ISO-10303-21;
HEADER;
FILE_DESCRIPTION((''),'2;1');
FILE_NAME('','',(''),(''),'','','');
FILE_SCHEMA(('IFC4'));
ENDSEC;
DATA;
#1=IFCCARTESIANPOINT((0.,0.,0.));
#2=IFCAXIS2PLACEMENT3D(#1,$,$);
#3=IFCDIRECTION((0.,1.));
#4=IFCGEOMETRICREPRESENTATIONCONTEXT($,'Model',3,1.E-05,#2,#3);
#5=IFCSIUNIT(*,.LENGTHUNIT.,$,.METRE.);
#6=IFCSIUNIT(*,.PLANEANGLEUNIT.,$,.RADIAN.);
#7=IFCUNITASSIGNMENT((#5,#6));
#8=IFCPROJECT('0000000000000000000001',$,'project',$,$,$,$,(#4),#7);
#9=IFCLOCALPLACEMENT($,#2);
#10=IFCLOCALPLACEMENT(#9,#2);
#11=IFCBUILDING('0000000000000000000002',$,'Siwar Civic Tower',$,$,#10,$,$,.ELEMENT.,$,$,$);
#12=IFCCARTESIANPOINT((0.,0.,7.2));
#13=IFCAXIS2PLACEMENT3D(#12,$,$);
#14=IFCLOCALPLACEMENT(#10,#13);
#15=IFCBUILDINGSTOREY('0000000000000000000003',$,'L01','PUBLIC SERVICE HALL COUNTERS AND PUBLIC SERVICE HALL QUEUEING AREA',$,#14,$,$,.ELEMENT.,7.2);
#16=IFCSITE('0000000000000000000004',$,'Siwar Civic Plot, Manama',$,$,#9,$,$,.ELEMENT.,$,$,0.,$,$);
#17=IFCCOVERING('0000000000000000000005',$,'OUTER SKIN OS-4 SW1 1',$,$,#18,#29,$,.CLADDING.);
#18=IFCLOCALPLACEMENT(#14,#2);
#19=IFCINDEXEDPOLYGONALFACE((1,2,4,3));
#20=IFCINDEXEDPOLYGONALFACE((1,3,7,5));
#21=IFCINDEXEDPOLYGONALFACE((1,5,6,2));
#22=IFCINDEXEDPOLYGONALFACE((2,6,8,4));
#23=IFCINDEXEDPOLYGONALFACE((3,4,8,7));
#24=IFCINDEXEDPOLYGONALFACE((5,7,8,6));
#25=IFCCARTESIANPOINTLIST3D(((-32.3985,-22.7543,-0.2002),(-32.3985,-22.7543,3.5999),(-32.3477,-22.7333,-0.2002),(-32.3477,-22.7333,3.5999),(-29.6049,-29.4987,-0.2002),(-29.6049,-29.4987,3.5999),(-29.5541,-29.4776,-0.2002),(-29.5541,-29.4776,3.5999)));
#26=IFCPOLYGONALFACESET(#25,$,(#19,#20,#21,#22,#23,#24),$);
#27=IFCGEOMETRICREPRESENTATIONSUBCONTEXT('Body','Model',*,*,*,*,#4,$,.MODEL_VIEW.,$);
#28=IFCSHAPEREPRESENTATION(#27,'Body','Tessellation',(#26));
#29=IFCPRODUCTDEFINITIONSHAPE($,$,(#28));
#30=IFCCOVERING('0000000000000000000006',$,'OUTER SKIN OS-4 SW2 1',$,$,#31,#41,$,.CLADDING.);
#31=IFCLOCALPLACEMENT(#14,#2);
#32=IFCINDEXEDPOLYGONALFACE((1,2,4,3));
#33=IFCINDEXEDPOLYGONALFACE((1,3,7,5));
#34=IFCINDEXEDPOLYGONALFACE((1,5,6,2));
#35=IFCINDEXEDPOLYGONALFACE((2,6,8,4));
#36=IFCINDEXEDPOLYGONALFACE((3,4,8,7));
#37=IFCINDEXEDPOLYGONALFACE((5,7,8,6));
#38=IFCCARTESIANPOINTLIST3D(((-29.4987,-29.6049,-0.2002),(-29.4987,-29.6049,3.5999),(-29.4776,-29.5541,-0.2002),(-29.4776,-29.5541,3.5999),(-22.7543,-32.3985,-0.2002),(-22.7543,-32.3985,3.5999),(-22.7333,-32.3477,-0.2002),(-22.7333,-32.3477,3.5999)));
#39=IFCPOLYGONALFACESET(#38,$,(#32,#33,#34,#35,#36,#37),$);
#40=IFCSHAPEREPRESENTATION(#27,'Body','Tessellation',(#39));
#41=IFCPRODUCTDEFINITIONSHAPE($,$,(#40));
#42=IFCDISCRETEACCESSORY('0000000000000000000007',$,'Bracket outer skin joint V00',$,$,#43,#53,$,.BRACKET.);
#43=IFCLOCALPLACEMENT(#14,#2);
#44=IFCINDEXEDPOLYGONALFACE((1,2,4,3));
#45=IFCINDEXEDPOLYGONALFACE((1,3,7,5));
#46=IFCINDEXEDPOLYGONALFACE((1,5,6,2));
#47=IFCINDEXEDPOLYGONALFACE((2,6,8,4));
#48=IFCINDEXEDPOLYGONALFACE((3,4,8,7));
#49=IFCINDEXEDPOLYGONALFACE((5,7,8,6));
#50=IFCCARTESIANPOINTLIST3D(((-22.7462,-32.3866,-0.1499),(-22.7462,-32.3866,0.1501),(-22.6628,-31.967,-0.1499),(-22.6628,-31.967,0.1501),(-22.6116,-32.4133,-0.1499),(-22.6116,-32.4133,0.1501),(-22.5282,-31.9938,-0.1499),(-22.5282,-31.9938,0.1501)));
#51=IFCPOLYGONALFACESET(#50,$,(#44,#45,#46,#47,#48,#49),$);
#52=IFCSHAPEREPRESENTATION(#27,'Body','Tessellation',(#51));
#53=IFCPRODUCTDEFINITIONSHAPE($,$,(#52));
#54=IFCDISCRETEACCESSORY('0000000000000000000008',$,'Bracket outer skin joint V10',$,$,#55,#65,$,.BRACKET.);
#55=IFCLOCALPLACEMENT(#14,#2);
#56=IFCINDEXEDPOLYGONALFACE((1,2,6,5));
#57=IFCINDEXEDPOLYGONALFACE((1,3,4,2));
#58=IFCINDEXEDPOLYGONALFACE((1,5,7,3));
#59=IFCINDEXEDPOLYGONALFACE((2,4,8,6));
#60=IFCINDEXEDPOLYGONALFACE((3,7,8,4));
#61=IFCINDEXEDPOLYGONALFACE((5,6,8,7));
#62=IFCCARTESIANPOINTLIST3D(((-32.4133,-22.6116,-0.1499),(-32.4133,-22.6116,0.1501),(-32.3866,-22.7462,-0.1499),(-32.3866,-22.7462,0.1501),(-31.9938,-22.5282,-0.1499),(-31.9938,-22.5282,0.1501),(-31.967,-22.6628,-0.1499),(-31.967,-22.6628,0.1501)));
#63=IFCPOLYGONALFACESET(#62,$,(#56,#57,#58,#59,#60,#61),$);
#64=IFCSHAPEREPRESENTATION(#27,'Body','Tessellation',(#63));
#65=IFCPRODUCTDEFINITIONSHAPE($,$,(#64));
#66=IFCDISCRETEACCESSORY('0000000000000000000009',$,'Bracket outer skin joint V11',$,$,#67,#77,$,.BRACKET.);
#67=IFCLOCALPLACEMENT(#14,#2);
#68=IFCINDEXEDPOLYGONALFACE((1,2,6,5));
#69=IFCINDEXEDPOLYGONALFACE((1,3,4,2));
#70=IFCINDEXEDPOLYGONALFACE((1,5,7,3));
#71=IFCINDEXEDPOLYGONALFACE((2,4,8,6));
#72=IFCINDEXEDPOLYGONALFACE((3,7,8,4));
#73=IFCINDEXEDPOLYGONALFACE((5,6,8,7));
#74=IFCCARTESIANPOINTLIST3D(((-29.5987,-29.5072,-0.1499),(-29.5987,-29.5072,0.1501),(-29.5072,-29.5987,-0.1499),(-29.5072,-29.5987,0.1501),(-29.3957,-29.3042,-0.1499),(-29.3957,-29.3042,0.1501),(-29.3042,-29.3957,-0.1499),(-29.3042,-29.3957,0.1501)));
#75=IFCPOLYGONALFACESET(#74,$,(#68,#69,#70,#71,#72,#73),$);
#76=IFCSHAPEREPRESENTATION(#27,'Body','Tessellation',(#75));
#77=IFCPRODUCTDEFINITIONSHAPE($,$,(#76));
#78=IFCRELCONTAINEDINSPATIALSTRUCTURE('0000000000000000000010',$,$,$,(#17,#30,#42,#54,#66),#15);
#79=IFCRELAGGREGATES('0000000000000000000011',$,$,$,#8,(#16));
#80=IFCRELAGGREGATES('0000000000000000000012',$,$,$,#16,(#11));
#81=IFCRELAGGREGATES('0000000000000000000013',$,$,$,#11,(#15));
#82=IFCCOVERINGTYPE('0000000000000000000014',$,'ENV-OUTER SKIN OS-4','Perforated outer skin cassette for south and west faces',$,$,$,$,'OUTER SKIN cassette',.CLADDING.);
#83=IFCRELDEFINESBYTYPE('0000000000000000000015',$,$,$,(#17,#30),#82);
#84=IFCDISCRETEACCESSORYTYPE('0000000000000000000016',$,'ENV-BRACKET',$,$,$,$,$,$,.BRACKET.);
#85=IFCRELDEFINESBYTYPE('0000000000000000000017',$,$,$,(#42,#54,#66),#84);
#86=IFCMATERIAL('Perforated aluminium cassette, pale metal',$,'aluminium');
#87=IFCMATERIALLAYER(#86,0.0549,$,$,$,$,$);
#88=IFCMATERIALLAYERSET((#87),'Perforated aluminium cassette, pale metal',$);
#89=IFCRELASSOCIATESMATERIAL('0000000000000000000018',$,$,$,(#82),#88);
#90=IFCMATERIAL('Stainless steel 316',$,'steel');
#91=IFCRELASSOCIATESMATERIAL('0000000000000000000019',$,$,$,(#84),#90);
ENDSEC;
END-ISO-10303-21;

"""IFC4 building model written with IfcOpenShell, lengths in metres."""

from ifc_helpers import new_model, si_unit, direction, frame, origin, origin_2d, place, context, subcontext, project, spatial, rectangle, extrude, material, layer, layer_set, type_object, element, save


model = new_model("IFC4")

# Units and contexts
model_context = context("Model", 3, precision=1e-05, world=origin(), true_north=direction((0.0, 1.0)))
body_context = subcontext(model_context, "Body", "Model", "MODEL_VIEW")
ifc_project = project(units=[si_unit("LENGTHUNIT", "METRE"), si_unit("PLANEANGLEUNIT", "RADIAN")], contexts=[model_context])

# Site, building, storey
site_placement = place(None, origin())
site = spatial("IfcSite", under=ifc_project, at=site_placement, Name="Siwar Civic Plot, Manama", CompositionType="ELEMENT", RefElevation=0.0)
building_placement = place(site_placement, origin())
building = spatial("IfcBuilding", under=site, at=building_placement, Name="Siwar Civic Tower", CompositionType="ELEMENT")
storey_placement = place(building_placement, frame((0.0, 0.0, 7.2)))
storey = spatial("IfcBuildingStorey", under=building, at=storey_placement, Name="L01", Description="PUBLIC SERVICE HALL COUNTERS AND PUBLIC SERVICE HALL QUEUEING AREA", CompositionType="ELEMENT", Elevation=7.2)

# Coverings
ifc_material_1 = material(Name="Perforated aluminium cassette, pale metal", Category="aluminium")
ifc_layer_1 = layer(ifc_material_1, 0.0549)
ifc_layer_set_1 = layer_set([ifc_layer_1], Name="Perforated aluminium cassette, pale metal")
covering_type = type_object("IfcCoveringType", Name="ENV-OUTER SKIN OS-4", Description="Perforated outer skin cassette for south and west faces", ElementType="OUTER SKIN cassette", PredefinedType="CLADDING", material=ifc_layer_set_1)
for number, where, z_axis, x_axis, name in (
    (1, (-30.9763, -26.116, -0.2002), (0.0, 0.0, 1.0), (0.382683, -0.92388, 0.0), "OUTER SKIN OS-4 SW1 1"),
    (2, (-26.116, -30.9763, -0.2002), (0.0, 0.0, 1.0), (0.92388, -0.382683, 0.0), "OUTER SKIN OS-4 SW2 1"),
):
    element("IfcCovering", number, at=place(storey_placement, frame(where, z_axis=z_axis, x_axis=x_axis)), inside=storey, type_object=covering_type, Name=name, PredefinedType="CLADDING", context=body_context, shape_type="SweptSolid", body=[
        extrude(rectangle(XDim=7.3, YDim=0.0549, at=origin_2d()), origin(), (0.0, 0.0, 1.0), 3.8),
    ])

# Discrete accessories
ifc_material_2 = material(Name="Stainless steel 316", Category="steel")
discrete_accessory_type = type_object("IfcDiscreteAccessoryType", Name="ENV-BRACKET", PredefinedType="BRACKET", material=ifc_material_2)
for number, where, z_axis, x_axis, name in (
    (3, (-22.6372, -32.1902, -0.1499), (0.0, 0.0, 1.0), (-0.19509, -0.980785, 0.0), "Bracket outer skin joint V00"),
    (4, (-32.1902, -22.6372, -0.1499), (0.0, 0.0, 1.0), (-0.980785, -0.19509, 0.0), "Bracket outer skin joint V10"),
):
    element("IfcDiscreteAccessory", number, at=place(storey_placement, frame(where, z_axis=z_axis, x_axis=x_axis)), inside=storey, type_object=discrete_accessory_type, Name=name, PredefinedType="BRACKET", context=body_context, shape_type="SweptSolid", body=[
        extrude(rectangle(XDim=0.4277, YDim=0.1372, at=origin_2d()), origin(), (0.0, 0.0, 1.0), 0.3),
    ])
discrete_accessory_placement = place(storey_placement, frame((-29.4514, -29.4514, -0.1499), z_axis=(0.0, 0.0, 1.0), x_axis=(-0.707107, -0.707107, 0.0)))
element("IfcDiscreteAccessory", 5, at=discrete_accessory_placement, inside=storey, type_object=discrete_accessory_type, Name="Bracket outer skin joint V11", PredefinedType="BRACKET", context=body_context, shape_type="SweptSolid", body=[
    extrude(rectangle(XDim=0.2871, YDim=0.1294, at=origin_2d()), origin(), (0.0, 0.0, 1.0), 0.3),
])

save(model, "model.ifc")
